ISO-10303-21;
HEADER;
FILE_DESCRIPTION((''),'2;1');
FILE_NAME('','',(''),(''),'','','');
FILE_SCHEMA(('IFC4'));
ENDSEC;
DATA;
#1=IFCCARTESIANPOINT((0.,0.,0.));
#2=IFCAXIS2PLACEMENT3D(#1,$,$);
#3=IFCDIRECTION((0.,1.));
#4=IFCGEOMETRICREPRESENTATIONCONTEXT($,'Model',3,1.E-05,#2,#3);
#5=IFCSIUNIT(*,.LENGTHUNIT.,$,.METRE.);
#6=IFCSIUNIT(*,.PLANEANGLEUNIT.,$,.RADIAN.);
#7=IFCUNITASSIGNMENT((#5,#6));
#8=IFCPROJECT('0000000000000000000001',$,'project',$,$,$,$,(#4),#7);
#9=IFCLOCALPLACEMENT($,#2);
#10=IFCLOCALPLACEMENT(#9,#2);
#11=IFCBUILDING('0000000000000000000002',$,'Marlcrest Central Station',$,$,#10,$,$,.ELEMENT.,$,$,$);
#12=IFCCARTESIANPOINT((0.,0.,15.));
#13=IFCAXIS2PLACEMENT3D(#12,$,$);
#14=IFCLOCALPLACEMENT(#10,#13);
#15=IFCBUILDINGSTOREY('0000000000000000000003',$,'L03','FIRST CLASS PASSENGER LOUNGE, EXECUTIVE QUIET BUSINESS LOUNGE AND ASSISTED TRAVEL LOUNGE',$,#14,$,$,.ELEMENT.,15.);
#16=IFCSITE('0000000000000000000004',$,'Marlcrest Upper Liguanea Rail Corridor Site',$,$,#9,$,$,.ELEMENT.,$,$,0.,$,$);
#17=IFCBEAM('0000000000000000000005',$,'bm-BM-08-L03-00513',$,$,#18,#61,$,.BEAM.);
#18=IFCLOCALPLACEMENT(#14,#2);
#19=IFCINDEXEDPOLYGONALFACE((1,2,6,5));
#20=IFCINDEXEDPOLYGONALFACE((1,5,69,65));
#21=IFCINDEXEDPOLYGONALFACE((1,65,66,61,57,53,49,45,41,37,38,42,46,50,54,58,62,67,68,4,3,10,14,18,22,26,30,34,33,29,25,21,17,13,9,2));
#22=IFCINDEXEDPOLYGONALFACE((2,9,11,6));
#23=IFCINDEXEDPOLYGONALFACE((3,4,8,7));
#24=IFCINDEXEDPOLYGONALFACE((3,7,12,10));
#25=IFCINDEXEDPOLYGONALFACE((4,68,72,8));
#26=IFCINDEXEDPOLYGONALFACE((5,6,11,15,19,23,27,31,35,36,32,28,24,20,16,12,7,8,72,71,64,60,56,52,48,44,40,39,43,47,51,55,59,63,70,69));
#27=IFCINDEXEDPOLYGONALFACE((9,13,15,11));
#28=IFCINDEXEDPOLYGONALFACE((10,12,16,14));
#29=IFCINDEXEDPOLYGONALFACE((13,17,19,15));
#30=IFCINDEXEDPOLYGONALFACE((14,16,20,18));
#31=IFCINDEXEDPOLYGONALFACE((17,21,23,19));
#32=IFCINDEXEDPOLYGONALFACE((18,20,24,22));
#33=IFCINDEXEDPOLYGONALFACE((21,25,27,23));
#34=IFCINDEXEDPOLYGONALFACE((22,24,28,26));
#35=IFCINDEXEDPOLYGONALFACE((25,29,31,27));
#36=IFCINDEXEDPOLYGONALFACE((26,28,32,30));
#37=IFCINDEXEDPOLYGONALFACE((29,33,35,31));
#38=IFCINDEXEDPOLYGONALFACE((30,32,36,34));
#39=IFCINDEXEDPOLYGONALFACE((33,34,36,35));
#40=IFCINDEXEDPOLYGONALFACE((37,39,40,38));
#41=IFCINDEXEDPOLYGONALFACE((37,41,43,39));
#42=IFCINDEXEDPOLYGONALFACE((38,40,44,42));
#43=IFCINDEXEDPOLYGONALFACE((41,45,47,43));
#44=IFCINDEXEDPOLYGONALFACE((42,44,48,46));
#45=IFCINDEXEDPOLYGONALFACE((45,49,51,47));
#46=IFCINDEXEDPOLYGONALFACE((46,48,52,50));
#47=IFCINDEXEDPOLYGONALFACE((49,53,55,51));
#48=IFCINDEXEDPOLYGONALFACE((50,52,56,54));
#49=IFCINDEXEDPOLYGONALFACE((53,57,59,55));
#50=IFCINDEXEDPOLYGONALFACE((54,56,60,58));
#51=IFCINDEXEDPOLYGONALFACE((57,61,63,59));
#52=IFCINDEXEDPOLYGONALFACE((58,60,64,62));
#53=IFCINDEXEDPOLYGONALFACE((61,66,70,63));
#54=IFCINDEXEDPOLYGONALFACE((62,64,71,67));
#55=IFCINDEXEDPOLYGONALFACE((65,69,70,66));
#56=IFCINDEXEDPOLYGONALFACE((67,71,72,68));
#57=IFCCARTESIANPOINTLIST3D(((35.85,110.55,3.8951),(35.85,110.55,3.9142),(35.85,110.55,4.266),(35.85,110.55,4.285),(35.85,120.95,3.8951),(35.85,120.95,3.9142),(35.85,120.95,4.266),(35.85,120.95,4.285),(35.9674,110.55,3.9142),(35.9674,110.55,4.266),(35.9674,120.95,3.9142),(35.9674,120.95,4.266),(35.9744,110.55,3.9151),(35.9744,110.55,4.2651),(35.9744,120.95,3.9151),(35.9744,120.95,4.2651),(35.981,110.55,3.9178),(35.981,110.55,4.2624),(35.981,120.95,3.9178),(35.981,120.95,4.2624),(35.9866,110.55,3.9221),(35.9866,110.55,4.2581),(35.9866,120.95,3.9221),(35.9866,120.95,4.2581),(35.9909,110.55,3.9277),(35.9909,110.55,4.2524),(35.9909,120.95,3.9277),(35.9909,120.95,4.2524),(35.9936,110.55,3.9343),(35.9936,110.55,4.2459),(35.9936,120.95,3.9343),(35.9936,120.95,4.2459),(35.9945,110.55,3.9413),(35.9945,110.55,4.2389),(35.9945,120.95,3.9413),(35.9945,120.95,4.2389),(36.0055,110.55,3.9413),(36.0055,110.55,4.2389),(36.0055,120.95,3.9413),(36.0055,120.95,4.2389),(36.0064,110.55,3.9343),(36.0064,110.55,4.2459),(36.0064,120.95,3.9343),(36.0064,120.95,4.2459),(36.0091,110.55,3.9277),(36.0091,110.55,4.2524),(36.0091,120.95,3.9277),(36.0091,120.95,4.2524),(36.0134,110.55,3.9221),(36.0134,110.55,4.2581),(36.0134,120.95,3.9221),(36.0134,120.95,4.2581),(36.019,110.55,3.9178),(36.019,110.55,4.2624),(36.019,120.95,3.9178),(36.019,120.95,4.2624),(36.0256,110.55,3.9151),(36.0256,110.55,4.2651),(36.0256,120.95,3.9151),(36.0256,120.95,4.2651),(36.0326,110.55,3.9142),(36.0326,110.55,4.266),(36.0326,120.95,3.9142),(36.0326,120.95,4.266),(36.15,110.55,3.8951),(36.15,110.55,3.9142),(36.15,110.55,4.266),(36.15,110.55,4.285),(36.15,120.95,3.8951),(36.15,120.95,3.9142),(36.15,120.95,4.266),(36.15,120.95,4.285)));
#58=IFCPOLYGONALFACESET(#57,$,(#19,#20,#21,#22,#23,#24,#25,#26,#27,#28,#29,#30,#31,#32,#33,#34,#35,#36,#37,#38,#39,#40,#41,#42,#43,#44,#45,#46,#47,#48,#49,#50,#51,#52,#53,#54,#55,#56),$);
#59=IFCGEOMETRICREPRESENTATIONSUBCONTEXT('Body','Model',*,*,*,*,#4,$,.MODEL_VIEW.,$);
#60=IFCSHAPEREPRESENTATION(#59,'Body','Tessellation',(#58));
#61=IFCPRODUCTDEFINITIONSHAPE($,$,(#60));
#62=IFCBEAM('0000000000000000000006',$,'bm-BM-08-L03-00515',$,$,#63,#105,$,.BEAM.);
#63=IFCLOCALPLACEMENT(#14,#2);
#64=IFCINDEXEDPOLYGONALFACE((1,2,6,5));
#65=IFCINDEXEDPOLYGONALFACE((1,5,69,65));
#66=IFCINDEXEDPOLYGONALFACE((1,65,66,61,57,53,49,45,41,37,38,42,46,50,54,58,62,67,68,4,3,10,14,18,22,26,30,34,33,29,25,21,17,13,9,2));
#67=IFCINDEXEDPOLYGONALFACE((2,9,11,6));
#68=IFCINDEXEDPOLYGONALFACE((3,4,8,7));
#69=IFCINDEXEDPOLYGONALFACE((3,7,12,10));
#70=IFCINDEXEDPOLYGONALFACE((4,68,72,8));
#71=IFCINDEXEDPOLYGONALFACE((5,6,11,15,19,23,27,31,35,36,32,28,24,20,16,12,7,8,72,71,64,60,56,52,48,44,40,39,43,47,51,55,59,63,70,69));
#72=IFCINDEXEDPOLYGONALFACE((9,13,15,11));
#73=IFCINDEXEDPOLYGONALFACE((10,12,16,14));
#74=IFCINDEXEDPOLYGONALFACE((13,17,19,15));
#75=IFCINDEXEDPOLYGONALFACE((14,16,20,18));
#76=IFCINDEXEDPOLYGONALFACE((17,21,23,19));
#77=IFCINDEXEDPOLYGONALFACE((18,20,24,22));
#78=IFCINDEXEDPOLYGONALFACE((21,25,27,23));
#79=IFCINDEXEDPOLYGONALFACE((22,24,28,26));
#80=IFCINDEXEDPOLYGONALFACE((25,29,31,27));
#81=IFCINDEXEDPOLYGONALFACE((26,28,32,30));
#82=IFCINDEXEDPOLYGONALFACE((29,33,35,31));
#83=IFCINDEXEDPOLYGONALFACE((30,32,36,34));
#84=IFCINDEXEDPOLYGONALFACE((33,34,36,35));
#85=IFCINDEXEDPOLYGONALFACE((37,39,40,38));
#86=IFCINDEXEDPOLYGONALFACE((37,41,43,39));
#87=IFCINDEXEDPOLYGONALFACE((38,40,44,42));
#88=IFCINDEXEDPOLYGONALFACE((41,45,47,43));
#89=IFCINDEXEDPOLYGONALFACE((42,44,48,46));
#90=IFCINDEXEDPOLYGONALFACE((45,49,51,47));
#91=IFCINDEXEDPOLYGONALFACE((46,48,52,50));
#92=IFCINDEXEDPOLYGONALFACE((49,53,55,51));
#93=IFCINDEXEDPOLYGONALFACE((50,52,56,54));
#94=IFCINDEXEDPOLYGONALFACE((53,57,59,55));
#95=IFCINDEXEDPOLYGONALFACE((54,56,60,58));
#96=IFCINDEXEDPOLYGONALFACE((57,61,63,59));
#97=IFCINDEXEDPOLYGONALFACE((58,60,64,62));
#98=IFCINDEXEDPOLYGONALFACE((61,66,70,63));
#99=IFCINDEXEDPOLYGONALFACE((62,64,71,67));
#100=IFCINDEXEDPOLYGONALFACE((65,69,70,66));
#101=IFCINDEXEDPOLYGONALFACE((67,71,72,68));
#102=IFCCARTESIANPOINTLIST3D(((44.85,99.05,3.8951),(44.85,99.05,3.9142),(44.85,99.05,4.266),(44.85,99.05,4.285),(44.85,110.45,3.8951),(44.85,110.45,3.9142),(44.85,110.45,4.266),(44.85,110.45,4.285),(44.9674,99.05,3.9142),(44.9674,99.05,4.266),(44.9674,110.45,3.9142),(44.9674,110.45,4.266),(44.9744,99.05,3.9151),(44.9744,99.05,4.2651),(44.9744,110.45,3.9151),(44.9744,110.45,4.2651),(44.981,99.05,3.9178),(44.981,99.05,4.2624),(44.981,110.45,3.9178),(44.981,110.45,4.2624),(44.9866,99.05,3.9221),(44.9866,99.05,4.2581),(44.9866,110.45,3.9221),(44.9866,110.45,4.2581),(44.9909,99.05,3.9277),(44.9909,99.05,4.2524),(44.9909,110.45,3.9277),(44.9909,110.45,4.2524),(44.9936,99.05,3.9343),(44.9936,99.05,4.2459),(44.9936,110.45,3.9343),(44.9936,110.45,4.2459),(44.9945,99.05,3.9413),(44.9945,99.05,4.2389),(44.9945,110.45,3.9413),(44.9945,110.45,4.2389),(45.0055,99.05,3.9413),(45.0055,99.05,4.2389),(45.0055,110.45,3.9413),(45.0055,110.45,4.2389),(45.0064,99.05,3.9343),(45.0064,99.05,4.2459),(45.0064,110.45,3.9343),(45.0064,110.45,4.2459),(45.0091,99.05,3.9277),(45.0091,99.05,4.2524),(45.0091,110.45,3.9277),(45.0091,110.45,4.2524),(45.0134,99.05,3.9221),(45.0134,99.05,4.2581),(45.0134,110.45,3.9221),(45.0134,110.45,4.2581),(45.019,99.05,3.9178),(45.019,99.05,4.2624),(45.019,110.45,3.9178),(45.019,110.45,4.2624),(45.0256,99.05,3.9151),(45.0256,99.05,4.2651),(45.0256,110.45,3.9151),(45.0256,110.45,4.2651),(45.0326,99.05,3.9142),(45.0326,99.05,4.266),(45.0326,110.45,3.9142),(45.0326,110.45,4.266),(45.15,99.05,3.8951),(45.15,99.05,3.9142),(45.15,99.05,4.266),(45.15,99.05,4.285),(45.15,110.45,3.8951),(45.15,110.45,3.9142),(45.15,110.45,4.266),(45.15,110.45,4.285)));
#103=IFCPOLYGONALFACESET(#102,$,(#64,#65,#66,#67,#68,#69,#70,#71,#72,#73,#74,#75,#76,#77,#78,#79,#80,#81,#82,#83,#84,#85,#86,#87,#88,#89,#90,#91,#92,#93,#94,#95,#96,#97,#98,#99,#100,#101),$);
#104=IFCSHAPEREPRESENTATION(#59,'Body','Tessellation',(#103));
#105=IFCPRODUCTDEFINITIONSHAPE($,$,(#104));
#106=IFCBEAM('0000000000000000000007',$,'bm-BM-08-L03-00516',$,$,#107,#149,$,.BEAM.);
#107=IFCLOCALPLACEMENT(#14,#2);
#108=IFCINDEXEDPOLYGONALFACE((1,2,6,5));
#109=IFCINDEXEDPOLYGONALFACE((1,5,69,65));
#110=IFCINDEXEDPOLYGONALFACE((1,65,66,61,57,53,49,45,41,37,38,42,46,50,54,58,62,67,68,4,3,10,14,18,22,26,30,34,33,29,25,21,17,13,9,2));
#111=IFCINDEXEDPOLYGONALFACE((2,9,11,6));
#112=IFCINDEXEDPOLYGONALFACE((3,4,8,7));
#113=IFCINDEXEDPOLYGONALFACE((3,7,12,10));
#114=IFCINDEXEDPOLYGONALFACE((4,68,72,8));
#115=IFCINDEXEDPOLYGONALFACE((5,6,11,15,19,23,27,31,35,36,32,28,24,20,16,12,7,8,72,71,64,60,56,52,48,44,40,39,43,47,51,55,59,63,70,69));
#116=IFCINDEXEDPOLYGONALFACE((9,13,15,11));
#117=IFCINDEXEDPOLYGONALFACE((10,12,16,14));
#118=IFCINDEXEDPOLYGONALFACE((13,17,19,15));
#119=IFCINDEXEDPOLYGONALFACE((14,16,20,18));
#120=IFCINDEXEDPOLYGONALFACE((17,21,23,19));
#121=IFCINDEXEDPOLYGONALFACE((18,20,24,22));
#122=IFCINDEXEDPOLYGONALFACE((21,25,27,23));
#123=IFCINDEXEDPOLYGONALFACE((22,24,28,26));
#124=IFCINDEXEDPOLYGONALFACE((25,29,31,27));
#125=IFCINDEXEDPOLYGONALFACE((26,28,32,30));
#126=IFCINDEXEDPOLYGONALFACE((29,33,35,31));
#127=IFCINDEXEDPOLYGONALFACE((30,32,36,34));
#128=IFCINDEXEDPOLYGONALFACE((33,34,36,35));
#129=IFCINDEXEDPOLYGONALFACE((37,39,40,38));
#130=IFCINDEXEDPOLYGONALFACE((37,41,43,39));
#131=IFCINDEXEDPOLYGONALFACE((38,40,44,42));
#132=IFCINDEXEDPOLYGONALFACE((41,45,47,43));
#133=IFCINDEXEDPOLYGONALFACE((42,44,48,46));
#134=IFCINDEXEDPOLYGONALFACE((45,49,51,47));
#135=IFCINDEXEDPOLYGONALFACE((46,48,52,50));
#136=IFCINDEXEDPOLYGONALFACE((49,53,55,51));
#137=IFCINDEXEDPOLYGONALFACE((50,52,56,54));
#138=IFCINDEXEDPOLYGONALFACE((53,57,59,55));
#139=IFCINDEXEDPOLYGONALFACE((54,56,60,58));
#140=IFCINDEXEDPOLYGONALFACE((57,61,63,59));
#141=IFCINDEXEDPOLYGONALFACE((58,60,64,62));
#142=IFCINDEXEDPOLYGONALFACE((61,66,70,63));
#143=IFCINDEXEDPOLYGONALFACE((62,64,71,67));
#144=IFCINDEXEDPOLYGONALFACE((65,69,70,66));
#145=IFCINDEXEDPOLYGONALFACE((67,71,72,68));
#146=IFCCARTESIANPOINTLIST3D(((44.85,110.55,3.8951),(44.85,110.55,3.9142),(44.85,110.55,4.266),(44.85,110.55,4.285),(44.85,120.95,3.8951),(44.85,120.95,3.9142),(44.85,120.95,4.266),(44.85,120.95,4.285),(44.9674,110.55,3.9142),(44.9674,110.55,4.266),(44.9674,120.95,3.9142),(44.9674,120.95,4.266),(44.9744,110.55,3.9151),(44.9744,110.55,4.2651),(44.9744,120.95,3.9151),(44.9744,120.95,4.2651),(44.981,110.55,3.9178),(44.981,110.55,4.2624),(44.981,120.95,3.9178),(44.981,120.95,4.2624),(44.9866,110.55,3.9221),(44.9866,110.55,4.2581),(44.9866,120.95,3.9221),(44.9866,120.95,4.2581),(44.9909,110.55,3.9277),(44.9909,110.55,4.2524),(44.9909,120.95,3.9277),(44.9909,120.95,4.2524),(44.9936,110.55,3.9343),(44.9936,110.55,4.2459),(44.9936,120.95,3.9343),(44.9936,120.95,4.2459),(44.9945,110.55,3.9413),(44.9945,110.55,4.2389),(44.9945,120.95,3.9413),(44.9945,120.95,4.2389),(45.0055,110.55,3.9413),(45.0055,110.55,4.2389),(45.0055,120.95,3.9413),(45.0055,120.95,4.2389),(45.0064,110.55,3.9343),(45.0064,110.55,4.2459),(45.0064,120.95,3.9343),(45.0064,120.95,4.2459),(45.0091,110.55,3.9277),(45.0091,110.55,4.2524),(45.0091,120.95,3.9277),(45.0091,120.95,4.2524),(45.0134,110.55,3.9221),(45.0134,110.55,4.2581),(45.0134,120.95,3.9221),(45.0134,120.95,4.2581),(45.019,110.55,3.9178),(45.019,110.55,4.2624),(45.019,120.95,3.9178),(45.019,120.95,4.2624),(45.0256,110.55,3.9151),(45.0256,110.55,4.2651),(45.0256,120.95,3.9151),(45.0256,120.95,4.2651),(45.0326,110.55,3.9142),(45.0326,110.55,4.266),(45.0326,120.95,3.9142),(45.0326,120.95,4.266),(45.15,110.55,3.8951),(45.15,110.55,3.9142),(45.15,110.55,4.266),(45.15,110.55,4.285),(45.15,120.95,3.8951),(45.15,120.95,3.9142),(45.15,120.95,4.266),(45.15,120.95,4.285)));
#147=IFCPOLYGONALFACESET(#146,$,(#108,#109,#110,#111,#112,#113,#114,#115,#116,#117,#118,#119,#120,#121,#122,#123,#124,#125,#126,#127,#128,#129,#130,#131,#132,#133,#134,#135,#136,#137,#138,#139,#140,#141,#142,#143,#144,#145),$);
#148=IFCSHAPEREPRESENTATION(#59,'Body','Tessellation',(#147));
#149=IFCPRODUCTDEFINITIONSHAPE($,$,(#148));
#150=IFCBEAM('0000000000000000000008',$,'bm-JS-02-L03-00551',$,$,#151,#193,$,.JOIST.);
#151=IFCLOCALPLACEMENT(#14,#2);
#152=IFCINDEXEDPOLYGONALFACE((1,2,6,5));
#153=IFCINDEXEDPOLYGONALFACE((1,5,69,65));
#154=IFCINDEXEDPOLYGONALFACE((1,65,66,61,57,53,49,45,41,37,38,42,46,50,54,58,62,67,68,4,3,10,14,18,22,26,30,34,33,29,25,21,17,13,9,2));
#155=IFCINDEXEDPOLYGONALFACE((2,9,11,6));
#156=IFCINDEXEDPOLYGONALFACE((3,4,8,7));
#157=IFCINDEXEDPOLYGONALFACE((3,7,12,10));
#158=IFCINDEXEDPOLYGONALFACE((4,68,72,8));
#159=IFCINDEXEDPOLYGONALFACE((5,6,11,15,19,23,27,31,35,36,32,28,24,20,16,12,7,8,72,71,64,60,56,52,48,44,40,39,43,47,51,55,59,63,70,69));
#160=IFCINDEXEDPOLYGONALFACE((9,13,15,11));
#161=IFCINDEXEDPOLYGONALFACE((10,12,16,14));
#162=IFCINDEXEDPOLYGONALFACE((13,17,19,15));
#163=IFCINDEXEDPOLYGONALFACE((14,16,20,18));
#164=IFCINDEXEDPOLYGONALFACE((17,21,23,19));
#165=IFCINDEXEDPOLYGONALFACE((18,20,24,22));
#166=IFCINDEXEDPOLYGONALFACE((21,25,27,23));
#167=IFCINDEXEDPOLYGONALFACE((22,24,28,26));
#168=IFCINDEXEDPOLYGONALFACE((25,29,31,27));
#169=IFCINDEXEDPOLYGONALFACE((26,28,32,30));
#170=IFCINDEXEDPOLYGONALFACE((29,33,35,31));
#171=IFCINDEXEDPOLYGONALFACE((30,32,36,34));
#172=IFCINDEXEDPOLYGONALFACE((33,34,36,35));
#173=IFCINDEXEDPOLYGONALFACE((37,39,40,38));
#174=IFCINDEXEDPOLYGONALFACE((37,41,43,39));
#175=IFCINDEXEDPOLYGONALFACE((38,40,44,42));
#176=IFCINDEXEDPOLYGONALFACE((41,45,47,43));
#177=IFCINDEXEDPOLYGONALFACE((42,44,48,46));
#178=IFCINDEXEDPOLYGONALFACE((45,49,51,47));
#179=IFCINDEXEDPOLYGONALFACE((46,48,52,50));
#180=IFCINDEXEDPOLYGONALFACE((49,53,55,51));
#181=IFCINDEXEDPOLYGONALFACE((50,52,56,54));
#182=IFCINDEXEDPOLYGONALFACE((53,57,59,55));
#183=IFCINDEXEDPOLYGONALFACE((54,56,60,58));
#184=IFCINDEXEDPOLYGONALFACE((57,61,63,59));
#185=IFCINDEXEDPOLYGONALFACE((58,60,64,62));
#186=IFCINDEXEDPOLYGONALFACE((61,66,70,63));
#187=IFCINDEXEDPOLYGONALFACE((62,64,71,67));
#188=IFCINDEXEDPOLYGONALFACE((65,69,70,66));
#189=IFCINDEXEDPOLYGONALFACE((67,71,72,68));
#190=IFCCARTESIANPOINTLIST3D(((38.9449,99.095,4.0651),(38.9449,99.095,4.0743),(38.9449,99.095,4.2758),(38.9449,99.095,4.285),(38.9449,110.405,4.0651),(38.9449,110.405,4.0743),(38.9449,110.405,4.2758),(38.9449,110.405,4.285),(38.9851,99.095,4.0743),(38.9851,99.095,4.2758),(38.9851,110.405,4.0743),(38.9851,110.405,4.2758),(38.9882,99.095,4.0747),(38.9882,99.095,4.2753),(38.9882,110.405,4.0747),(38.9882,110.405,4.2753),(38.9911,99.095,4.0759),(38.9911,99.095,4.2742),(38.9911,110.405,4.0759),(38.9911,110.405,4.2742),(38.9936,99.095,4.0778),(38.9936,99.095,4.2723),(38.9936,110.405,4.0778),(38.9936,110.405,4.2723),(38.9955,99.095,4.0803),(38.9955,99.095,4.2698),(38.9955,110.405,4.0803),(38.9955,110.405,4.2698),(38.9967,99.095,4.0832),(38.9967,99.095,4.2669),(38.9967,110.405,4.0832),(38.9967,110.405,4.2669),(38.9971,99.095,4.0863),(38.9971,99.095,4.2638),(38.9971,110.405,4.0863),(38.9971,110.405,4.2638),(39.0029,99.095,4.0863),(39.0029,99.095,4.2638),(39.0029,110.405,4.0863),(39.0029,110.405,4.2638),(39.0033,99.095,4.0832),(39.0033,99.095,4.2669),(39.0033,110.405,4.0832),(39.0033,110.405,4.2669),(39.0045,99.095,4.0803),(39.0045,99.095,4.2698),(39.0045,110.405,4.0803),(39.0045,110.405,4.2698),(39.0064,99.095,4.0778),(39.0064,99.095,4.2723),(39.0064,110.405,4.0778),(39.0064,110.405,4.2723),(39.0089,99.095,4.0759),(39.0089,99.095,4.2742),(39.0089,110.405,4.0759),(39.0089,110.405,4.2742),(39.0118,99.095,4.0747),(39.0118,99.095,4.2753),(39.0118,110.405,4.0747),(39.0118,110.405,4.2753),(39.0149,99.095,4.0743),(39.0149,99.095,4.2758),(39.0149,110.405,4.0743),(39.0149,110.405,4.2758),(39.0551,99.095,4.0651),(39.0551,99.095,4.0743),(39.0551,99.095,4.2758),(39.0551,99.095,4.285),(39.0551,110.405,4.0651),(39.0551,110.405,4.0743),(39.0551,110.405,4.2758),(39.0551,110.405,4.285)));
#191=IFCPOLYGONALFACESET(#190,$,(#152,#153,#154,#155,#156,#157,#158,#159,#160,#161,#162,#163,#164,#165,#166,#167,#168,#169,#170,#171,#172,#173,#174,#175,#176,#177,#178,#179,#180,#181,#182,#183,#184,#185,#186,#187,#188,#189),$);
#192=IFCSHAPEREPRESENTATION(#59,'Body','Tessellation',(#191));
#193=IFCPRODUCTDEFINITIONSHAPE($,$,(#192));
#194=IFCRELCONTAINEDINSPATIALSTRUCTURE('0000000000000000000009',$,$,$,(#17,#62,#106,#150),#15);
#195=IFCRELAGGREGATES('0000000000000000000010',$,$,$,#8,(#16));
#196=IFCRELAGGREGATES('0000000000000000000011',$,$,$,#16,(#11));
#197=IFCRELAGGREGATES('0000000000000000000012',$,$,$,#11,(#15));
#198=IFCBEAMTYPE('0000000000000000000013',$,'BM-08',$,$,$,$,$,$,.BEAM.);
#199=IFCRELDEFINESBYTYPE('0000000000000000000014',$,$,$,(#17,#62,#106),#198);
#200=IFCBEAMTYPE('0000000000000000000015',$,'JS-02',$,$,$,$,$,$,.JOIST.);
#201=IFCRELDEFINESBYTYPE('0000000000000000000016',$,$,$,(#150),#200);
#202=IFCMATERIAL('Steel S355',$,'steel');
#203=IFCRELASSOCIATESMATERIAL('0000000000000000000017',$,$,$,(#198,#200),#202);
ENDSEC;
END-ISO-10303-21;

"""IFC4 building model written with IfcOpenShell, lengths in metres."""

from ifc_helpers import new_model, si_unit, direction, frame, origin, origin_2d, place, context, subcontext, project, spatial, i_section, extrude, material, material_profile, profile_set, type_object, element, save


model = new_model("IFC4")

# Units and contexts
model_context = context("Model", 3, precision=1e-05, world=origin(), true_north=direction((0.0, 1.0)))
body_context = subcontext(model_context, "Body", "Model", "MODEL_VIEW")
ifc_project = project(units=[si_unit("LENGTHUNIT", "METRE"), si_unit("PLANEANGLEUNIT", "RADIAN")], contexts=[model_context])

# Site, building, storey
site_placement = place(None, origin())
site = spatial("IfcSite", under=ifc_project, at=site_placement, Name="Marlcrest Upper Liguanea Rail Corridor Site", CompositionType="ELEMENT", RefElevation=0.0)
building_placement = place(site_placement, origin())
building = spatial("IfcBuilding", under=site, at=building_placement, Name="Marlcrest Central Station", CompositionType="ELEMENT")
storey_placement = place(building_placement, frame((0.0, 0.0, 15.0)))
storey = spatial("IfcBuildingStorey", under=building, at=storey_placement, Name="L03", Description="FIRST CLASS PASSENGER LOUNGE, EXECUTIVE QUIET BUSINESS LOUNGE AND ASSISTED TRAVEL LOUNGE", CompositionType="ELEMENT", Elevation=15.0)

# Shared definitions
ifc_material_1 = material(Name="Steel S355", Category="steel")

# Beams
ifc_material_profile_1 = material_profile(ifc_material_1, i_section(OverallWidth=0.3, OverallDepth=0.3899, WebThickness=0.011, FlangeThickness=0.019, FilletRadius=0.0271, at=origin_2d()), Name="HEA 400")
ifc_profile_set_1 = profile_set([ifc_material_profile_1], Name="Steel S355")
beam_type_1 = type_object("IfcBeamType", Name="BM-08", PredefinedType="BEAM", material=ifc_profile_set_1)
beam_1_placement = place(storey_placement, frame((36.0, 110.55, 4.0901), z_axis=(0.0, 1.0, 0.0), x_axis=(-1.0, 0.0, 0.0)))
element("IfcBeam", 1, at=beam_1_placement, inside=storey, type_object=beam_type_1, Name="bm-BM-08-L03-00513", PredefinedType="BEAM", context=body_context, shape_type="SweptSolid", body=[
    extrude(i_section(OverallWidth=0.3, OverallDepth=0.3899, WebThickness=0.011, FlangeThickness=0.019, FilletRadius=0.0271, at=origin_2d()), origin(), (0.0, 0.0, 1.0), 10.3999),
])
beam_2_placement = place(storey_placement, frame((45.0, 99.05, 4.0901), z_axis=(0.0, 1.0, 0.0), x_axis=(-1.0, 0.0, 0.0)))
element("IfcBeam", 2, at=beam_2_placement, inside=storey, type_object=beam_type_1, Name="bm-BM-08-L03-00515", PredefinedType="BEAM", context=body_context, shape_type="SweptSolid", body=[
    extrude(i_section(OverallWidth=0.3, OverallDepth=0.3899, WebThickness=0.011, FlangeThickness=0.019, FilletRadius=0.0271, at=origin_2d()), origin(), (0.0, 0.0, 1.0), 11.3999),
])
beam_3_placement = place(storey_placement, frame((45.0, 110.55, 4.0901), z_axis=(0.0, 1.0, 0.0), x_axis=(-1.0, 0.0, 0.0)))
element("IfcBeam", 3, at=beam_3_placement, inside=storey, type_object=beam_type_1, Name="bm-BM-08-L03-00516", PredefinedType="BEAM", context=body_context, shape_type="SweptSolid", body=[
    extrude(i_section(OverallWidth=0.3, OverallDepth=0.3899, WebThickness=0.011, FlangeThickness=0.019, FilletRadius=0.0271, at=origin_2d()), origin(), (0.0, 0.0, 1.0), 10.3999),
])
ifc_material_profile_2 = material_profile(ifc_material_1, i_section(OverallWidth=0.1101, OverallDepth=0.22, WebThickness=0.0059, FlangeThickness=0.0093, FilletRadius=0.012, at=origin_2d()), Name="IPE 220")
ifc_profile_set_2 = profile_set([ifc_material_profile_2], Name="Steel S355")
beam_type_2 = type_object("IfcBeamType", Name="JS-02", PredefinedType="JOIST", material=ifc_profile_set_2)
beam_4_placement = place(storey_placement, frame((39.0, 99.095, 4.175), z_axis=(0.0, 1.0, 0.0), x_axis=(-1.0, 0.0, 0.0)))
element("IfcBeam", 4, at=beam_4_placement, inside=storey, type_object=beam_type_2, Name="bm-JS-02-L03-00551", PredefinedType="JOIST", context=body_context, shape_type="SweptSolid", body=[
    extrude(i_section(OverallWidth=0.1101, OverallDepth=0.22, WebThickness=0.0059, FlangeThickness=0.0093, FilletRadius=0.012, at=origin_2d()), origin(), (0.0, 0.0, 1.0), 11.3101),
])

save(model, "model.ifc")
